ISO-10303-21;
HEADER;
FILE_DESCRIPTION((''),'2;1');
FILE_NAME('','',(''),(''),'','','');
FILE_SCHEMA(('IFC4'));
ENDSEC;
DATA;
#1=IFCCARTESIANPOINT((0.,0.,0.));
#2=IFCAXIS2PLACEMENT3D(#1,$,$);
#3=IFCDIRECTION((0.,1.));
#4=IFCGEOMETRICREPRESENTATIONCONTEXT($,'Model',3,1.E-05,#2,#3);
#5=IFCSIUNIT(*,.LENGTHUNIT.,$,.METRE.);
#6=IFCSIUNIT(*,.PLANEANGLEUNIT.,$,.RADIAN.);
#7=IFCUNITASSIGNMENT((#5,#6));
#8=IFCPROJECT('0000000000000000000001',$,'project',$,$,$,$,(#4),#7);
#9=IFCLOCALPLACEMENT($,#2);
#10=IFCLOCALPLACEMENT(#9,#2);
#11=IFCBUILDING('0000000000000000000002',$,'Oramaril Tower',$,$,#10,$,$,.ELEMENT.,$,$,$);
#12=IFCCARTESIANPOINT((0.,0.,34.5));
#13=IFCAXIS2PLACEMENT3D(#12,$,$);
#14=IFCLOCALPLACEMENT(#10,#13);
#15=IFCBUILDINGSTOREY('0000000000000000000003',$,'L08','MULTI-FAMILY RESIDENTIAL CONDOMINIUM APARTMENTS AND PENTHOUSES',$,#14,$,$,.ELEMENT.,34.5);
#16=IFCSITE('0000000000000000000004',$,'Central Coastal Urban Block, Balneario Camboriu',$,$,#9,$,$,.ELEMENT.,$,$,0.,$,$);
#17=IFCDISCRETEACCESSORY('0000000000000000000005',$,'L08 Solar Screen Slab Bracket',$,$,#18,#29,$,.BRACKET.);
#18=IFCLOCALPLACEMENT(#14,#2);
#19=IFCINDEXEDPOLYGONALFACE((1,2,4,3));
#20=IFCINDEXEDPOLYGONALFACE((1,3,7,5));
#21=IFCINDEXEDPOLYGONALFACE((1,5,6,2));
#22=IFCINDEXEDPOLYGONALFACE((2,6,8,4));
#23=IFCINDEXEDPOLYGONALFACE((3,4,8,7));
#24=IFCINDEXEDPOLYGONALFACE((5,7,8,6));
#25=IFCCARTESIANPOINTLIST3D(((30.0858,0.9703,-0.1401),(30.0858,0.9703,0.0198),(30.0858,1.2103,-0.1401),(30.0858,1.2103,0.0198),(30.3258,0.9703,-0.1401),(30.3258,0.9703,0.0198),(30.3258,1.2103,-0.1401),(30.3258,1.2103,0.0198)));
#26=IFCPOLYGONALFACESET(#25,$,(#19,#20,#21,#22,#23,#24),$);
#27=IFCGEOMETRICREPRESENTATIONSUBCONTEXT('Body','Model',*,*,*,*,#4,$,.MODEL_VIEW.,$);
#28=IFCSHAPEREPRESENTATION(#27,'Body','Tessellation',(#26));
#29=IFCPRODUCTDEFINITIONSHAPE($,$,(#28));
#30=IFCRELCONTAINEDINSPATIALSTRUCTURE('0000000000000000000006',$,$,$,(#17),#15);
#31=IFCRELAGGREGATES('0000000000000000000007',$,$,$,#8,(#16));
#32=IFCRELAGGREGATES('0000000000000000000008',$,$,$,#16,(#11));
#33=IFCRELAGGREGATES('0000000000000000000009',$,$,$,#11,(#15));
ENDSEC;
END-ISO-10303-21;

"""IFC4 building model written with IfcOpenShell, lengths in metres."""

from ifc_helpers import new_model, si_unit, direction, frame, origin, origin_2d, place, context, subcontext, project, spatial, rectangle, extrude, element, save


model = new_model("IFC4")

# Units and contexts
model_context = context("Model", 3, precision=1e-05, world=origin(), true_north=direction((0.0, 1.0)))
body_context = subcontext(model_context, "Body", "Model", "MODEL_VIEW")
ifc_project = project(units=[si_unit("LENGTHUNIT", "METRE"), si_unit("PLANEANGLEUNIT", "RADIAN")], contexts=[model_context])

# Site, building, storey
site_placement = place(None, origin())
site = spatial("IfcSite", under=ifc_project, at=site_placement, Name="Central Coastal Urban Block, Balneario Camboriu", CompositionType="ELEMENT", RefElevation=0.0)
building_placement = place(site_placement, origin())
building = spatial("IfcBuilding", under=site, at=building_placement, Name="Oramaril Tower", CompositionType="ELEMENT")
storey_placement = place(building_placement, frame((0.0, 0.0, 34.5)))
storey = spatial("IfcBuildingStorey", under=building, at=storey_placement, Name="L08", Description="MULTI-FAMILY RESIDENTIAL CONDOMINIUM APARTMENTS AND PENTHOUSES", CompositionType="ELEMENT", Elevation=34.5)

# Discrete accessory
discrete_accessory_placement = place(storey_placement, frame((30.2058, 1.0903, -0.1401), z_axis=(0.0, 0.0, 1.0), x_axis=(1.0, 0.0, 0.0)))
element("IfcDiscreteAccessory", 1, at=discrete_accessory_placement, inside=storey, Name="L08 Solar Screen Slab Bracket", PredefinedType="BRACKET", context=body_context, shape_type="SweptSolid", body=[
    extrude(rectangle(XDim=0.24, YDim=0.24, at=origin_2d()), origin(), (0.0, 0.0, 1.0), 0.1599),
])

save(model, "model.ifc")
